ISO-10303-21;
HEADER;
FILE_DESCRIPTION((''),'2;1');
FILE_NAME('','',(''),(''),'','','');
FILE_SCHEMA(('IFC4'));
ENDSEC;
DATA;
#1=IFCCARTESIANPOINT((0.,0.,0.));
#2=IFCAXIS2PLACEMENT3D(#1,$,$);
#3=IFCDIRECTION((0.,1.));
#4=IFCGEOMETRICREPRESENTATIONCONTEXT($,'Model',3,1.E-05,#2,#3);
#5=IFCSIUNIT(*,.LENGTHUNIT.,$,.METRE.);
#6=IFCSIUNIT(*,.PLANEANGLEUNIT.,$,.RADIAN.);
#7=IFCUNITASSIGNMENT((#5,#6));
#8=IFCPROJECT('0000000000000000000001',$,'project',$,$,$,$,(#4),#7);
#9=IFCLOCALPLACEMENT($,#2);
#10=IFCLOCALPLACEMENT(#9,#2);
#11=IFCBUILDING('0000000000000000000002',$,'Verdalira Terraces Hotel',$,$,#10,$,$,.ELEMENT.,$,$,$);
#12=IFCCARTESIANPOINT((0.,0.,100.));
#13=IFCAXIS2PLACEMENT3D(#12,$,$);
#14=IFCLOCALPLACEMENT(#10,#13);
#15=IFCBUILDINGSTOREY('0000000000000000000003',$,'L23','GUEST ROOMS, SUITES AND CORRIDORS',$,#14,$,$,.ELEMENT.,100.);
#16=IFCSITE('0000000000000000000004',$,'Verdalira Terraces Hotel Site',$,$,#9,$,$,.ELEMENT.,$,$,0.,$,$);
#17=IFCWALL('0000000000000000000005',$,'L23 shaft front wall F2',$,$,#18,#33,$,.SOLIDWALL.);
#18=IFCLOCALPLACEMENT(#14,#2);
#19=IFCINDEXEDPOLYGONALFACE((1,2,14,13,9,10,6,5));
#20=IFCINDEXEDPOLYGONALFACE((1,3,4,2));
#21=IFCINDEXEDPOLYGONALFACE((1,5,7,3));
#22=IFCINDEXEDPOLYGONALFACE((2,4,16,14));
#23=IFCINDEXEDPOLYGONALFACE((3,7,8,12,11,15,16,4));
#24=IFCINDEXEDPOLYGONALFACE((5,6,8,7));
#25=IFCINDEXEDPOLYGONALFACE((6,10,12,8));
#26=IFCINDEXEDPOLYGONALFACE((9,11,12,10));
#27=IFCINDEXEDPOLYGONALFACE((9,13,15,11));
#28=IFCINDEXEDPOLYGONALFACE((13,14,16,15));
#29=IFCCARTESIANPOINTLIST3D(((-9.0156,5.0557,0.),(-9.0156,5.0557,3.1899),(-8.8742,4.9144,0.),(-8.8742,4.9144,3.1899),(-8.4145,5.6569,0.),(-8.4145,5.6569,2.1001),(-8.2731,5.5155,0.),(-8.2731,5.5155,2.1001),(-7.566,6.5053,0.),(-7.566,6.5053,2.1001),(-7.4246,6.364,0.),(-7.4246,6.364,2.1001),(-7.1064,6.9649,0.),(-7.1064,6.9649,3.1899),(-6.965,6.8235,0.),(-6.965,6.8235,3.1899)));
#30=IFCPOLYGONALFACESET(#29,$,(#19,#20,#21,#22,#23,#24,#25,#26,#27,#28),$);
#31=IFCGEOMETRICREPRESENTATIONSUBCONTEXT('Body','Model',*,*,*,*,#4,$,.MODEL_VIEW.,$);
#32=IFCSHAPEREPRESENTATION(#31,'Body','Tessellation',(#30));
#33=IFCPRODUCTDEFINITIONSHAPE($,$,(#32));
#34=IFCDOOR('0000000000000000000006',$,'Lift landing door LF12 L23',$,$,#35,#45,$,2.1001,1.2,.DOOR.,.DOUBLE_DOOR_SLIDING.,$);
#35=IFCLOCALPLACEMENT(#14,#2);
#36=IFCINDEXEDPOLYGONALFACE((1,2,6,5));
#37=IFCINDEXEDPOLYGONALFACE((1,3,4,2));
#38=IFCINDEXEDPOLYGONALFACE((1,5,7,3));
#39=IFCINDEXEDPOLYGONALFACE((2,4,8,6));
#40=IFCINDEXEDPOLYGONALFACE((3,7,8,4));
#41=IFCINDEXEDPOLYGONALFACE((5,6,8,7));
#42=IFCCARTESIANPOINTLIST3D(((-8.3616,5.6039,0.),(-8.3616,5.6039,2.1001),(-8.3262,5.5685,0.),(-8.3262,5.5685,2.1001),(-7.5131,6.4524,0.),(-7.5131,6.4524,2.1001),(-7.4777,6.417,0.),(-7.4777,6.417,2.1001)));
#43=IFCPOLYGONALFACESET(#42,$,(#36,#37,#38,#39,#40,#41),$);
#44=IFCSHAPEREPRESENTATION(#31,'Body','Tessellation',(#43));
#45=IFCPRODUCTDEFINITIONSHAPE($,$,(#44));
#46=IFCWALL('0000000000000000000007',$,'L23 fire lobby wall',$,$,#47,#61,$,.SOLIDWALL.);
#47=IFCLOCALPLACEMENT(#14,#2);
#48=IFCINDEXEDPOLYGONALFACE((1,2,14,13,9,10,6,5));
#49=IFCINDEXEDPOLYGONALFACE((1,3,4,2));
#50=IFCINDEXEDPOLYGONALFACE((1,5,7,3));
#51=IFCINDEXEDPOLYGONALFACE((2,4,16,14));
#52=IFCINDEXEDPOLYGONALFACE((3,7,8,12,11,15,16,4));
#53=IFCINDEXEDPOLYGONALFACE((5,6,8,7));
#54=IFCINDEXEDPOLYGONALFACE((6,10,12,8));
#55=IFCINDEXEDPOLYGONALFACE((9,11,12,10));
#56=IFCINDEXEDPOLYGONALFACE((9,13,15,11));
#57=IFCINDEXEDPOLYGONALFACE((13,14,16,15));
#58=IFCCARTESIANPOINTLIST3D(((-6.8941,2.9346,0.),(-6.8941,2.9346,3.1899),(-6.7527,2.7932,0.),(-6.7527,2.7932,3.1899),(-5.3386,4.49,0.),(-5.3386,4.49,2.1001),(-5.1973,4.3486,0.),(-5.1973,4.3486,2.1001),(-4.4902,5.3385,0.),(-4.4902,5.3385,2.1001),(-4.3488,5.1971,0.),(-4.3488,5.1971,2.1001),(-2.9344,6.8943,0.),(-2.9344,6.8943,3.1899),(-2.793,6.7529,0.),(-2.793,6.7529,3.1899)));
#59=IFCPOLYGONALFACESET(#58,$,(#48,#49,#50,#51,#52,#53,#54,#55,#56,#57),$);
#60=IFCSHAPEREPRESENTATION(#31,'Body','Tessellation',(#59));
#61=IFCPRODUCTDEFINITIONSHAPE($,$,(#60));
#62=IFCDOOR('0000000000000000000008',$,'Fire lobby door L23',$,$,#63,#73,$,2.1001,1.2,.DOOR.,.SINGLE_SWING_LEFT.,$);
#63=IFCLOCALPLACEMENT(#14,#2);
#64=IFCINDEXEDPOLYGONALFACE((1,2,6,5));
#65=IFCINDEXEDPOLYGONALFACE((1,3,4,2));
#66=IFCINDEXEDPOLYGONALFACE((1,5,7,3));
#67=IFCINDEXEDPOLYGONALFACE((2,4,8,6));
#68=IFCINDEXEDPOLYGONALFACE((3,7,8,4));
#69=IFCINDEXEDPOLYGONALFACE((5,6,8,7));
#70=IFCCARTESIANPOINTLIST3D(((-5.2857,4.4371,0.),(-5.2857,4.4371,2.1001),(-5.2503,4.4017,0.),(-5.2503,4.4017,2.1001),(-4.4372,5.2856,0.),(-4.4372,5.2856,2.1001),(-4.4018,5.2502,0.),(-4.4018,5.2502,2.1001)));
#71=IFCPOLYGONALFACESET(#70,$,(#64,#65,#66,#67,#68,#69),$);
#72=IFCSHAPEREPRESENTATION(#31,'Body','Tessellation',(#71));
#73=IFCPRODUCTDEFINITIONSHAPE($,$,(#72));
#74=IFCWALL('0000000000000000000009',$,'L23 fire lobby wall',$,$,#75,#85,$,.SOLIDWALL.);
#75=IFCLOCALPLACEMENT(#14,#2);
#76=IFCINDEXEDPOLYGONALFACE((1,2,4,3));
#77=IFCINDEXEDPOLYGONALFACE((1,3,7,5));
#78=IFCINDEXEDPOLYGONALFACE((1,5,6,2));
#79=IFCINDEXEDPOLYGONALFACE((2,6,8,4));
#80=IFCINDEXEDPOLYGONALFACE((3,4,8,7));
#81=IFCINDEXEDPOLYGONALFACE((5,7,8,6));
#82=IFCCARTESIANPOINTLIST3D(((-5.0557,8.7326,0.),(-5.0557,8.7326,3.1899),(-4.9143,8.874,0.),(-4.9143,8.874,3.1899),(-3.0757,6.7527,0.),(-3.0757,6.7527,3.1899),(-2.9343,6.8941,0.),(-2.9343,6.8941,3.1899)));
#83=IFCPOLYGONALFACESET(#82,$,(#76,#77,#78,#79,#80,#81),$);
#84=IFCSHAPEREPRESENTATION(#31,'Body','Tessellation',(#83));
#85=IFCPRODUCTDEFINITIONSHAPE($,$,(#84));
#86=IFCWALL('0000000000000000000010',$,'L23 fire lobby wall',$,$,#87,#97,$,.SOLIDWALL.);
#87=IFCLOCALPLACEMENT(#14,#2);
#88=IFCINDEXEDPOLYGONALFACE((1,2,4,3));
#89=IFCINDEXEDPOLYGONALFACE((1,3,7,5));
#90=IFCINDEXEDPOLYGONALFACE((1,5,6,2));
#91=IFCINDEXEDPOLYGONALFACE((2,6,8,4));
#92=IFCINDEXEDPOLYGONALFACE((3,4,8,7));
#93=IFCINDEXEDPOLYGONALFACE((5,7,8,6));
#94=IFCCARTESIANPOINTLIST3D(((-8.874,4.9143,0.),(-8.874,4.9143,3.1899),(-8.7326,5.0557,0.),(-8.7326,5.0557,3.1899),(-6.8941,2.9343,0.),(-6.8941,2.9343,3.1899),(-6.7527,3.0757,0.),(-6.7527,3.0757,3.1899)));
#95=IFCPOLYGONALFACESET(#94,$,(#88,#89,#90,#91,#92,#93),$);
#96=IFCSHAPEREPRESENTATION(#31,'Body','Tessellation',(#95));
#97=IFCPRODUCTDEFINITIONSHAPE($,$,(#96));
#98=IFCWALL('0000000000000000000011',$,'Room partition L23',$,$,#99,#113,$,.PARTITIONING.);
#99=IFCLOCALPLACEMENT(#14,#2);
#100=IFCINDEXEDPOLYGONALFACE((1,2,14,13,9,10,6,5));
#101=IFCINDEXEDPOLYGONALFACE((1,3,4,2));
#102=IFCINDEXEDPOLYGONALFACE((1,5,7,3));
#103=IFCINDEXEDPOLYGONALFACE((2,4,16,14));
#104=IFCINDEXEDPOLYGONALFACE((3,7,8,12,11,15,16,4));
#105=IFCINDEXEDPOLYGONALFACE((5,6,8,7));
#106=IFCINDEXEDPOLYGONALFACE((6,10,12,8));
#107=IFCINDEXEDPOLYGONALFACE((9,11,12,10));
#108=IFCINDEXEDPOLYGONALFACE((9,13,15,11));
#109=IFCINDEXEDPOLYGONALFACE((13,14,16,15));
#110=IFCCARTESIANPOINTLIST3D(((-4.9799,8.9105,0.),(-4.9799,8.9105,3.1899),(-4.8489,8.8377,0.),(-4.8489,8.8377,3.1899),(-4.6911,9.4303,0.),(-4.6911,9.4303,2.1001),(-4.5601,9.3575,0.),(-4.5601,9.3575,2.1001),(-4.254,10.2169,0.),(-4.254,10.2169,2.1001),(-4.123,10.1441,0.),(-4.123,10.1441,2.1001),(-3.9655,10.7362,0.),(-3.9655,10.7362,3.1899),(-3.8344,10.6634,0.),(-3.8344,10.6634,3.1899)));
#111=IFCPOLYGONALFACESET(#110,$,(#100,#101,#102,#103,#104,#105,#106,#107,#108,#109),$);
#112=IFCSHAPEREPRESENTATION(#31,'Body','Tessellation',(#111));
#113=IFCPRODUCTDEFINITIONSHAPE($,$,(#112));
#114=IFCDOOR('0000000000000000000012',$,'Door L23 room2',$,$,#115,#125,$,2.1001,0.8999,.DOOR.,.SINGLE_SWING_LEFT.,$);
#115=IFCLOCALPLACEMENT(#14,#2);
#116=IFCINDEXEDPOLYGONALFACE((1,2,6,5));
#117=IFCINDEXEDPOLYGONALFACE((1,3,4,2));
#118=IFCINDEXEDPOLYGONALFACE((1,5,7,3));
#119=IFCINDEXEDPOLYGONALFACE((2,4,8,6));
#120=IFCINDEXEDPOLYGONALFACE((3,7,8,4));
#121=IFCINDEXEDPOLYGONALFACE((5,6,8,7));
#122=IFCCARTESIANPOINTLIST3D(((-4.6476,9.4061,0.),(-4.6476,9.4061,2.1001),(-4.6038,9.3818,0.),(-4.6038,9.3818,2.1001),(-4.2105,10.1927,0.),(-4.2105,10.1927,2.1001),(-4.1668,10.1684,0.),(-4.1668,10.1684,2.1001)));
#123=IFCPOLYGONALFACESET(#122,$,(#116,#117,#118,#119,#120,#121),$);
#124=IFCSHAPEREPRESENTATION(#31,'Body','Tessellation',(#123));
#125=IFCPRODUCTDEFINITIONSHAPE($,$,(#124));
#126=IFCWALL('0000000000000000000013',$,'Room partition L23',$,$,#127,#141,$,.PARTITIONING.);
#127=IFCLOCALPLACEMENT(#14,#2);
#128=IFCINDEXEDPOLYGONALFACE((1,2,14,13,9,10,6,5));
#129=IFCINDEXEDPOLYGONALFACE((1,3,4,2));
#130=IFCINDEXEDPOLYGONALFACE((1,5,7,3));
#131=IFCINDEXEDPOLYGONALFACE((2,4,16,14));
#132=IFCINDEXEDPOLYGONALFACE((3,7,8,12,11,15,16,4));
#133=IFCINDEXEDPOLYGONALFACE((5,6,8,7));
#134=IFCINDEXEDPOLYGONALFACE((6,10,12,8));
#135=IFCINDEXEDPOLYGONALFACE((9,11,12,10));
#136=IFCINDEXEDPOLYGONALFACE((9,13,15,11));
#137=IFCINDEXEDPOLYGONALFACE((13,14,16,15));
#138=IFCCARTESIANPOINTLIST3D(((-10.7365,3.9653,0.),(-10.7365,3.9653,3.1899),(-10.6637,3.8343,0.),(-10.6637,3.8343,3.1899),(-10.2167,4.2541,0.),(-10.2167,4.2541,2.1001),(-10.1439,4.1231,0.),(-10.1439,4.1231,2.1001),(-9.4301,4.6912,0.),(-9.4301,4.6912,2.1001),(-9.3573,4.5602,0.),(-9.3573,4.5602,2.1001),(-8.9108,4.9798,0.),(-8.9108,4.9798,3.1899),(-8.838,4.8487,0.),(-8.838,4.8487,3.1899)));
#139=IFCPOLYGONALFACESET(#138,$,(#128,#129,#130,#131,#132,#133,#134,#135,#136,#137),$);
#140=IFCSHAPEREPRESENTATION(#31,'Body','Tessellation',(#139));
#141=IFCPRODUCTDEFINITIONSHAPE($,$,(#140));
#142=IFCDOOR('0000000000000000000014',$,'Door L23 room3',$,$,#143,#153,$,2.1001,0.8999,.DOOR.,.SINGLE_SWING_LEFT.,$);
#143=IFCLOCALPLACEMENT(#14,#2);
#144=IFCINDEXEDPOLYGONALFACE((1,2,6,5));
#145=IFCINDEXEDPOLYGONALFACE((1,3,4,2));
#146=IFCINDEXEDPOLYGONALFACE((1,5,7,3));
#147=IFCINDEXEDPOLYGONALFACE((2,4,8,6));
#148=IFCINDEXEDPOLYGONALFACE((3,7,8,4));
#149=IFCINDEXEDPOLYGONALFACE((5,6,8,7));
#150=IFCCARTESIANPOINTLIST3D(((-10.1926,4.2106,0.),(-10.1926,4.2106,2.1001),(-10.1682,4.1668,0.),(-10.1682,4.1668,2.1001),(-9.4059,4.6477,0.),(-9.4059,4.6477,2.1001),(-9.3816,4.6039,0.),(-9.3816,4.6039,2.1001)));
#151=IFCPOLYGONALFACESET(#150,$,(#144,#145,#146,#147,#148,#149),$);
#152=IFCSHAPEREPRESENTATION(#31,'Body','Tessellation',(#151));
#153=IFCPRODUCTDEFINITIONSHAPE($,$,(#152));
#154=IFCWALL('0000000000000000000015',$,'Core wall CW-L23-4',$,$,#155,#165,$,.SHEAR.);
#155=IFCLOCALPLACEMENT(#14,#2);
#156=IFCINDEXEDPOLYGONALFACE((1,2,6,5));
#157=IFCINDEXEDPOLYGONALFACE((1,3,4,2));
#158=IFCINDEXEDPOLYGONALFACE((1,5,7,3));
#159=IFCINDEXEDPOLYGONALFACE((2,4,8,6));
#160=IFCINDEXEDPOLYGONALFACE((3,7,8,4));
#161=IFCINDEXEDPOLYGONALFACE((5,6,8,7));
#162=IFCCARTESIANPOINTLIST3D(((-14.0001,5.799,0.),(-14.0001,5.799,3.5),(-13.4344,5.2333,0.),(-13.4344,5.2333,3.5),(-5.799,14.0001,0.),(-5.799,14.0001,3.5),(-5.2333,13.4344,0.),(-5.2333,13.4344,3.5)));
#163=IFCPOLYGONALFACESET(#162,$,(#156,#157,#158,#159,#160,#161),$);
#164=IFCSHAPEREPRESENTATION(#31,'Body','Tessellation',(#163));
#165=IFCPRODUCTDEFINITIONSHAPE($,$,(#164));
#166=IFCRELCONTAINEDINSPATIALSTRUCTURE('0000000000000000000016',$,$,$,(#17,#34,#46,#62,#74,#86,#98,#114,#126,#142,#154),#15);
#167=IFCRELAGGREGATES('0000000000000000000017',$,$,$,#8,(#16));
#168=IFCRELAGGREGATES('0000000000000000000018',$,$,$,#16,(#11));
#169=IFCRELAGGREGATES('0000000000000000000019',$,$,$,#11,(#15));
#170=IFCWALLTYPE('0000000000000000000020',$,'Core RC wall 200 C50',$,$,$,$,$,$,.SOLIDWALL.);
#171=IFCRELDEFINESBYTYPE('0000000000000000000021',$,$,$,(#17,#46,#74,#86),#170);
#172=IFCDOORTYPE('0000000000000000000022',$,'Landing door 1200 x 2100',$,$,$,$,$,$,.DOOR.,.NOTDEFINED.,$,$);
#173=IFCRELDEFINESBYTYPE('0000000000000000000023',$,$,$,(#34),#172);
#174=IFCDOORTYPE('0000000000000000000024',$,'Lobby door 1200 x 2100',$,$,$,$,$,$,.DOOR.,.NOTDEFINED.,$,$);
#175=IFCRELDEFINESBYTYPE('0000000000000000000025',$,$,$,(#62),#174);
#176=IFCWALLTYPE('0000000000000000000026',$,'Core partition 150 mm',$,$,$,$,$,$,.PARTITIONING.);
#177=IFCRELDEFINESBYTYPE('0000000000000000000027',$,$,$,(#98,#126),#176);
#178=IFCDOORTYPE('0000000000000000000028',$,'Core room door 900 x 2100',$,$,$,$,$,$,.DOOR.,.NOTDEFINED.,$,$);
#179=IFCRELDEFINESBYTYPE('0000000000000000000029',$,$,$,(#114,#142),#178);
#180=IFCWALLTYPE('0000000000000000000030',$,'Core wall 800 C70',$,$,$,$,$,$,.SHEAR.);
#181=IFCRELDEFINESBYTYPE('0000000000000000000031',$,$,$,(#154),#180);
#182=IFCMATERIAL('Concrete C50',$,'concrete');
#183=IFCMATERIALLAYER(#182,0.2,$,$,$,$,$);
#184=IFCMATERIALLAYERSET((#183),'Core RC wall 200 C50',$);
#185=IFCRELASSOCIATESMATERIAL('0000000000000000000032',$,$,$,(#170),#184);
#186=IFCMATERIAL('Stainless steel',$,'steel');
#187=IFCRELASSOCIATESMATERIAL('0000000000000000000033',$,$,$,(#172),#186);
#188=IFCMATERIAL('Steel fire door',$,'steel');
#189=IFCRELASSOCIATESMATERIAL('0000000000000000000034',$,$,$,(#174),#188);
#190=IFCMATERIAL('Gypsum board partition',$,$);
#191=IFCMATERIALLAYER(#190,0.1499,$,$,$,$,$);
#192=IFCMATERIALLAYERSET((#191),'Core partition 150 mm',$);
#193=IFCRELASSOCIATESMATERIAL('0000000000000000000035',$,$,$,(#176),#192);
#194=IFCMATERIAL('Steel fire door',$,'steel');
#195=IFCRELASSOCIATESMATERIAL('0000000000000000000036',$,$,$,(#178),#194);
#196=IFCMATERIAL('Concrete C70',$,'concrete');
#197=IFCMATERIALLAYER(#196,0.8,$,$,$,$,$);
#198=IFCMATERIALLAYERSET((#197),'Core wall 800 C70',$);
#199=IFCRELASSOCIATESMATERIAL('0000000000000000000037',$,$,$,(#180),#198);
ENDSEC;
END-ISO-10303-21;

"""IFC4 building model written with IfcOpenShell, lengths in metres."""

from ifc_helpers import new_model, si_unit, direction, frame, frame_2d, origin, place, context, subcontext, project, spatial, rectangle, extrude, material, layer, layer_set, type_object, element, fill, save


model = new_model("IFC4")

# Units and contexts
model_context = context("Model", 3, precision=1e-05, world=origin(), true_north=direction((0.0, 1.0)))
body_context = subcontext(model_context, "Body", "Model", "MODEL_VIEW")
ifc_project = project(units=[si_unit("LENGTHUNIT", "METRE"), si_unit("PLANEANGLEUNIT", "RADIAN")], contexts=[model_context])

# Site, building, storey
site_placement = place(None, origin())
site = spatial("IfcSite", under=ifc_project, at=site_placement, Name="Verdalira Terraces Hotel Site", CompositionType="ELEMENT", RefElevation=0.0)
building_placement = place(site_placement, origin())
building = spatial("IfcBuilding", under=site, at=building_placement, Name="Verdalira Terraces Hotel", CompositionType="ELEMENT")
storey_placement = place(building_placement, frame((0.0, 0.0, 100.0)))
storey = spatial("IfcBuildingStorey", under=building, at=storey_placement, Name="L23", Description="GUEST ROOMS, SUITES AND CORRIDORS", CompositionType="ELEMENT", Elevation=100.0)

# Walls, openings, doors
ifc_material_1 = material(Name="Concrete C50", Category="concrete")
ifc_layer_1 = layer(ifc_material_1, 0.2)
ifc_layer_set_1 = layer_set([ifc_layer_1], Name="Core RC wall 200 C50")
wall_type_1 = type_object("IfcWallType", Name="Core RC wall 200 C50", PredefinedType="SOLIDWALL", material=ifc_layer_set_1)
ifc_material_2 = material(Name="Stainless steel", Category="steel")
door_type_1 = type_object("IfcDoorType", Name="Landing door 1200 x 2100", OperationType="NOTDEFINED", PredefinedType="DOOR", material=ifc_material_2)
wall_1_placement = place(storey_placement, frame((-7.0356, 6.8943, 0.0), z_axis=(0.0, 0.0, 1.0), x_axis=(-0.707107, -0.707107, 0.0)))
wall_1 = element("IfcWall", 1, at=wall_1_placement, inside=storey, type_object=wall_type_1, Name="L23 shaft front wall F2", PredefinedType="SOLIDWALL", context=body_context, shape_type="SweptSolid", body=[
    extrude(rectangle(XDim=2.7, YDim=0.2, at=frame_2d((1.3501, 0.0))), origin(), (0.0, 0.0, 1.0), 3.1899),
])
opening_1_placement = place(wall_1_placement, frame((0.6499, 0.0, 0.0)))
opening_1 = element("IfcOpeningElement", 2, at=opening_1_placement, cuts=wall_1, PredefinedType="OPENING", context=body_context, shape_type="SweptSolid", body=[
    extrude(rectangle(XDim=1.2, YDim=2.1001, at=frame_2d((0.6001, 1.05))), frame((0.0, 0.1099, 0.0), z_axis=(0.0, -1.0, 0.0), x_axis=(1.0, 0.0, 0.0)), (0.0, 0.0, 1.0), 0.22),
])
door_1_placement = place(opening_1_placement, origin())
door_1 = element("IfcDoor", 3, at=door_1_placement, inside=storey, type_object=door_type_1, Name="Lift landing door LF12 L23", OperationType="DOUBLE_DOOR_SLIDING", OverallHeight=2.1001, OverallWidth=1.2, PredefinedType="DOOR", context=body_context, shape_type="SweptSolid", body=[
    extrude(rectangle(XDim=1.2, YDim=2.1001, at=frame_2d((0.6001, 1.05))), frame((0.0, 0.0249, 0.0), z_axis=(0.0, -1.0, 0.0), x_axis=(1.0, 0.0, 0.0)), (0.0, 0.0, 1.0), 0.05),
])
fill(opening_1, door_1)
wall_2_placement = place(storey_placement, frame((-2.8638, 6.8235, 0.0), z_axis=(0.0, 0.0, 1.0), x_axis=(-0.707107, -0.707107, 0.0)))
wall_2 = element("IfcWall", 4, at=wall_2_placement, inside=storey, type_object=wall_type_1, Name="L23 fire lobby wall", PredefinedType="SOLIDWALL", context=body_context, shape_type="SweptSolid", body=[
    extrude(rectangle(XDim=5.5999, YDim=0.2, at=frame_2d((2.7998, 0.0))), origin(), (0.0, 0.0, 1.0), 3.1899),
])
opening_2_placement = place(wall_2_placement, frame((2.2, 0.0, 0.0)))
opening_2 = element("IfcOpeningElement", 5, at=opening_2_placement, cuts=wall_2, PredefinedType="OPENING", context=body_context, shape_type="SweptSolid", body=[
    extrude(rectangle(XDim=1.2, YDim=2.1001, at=frame_2d((0.6001, 1.05))), frame((0.0, 0.1099, 0.0), z_axis=(0.0, -1.0, 0.0), x_axis=(1.0, 0.0, 0.0)), (0.0, 0.0, 1.0), 0.22),
])
ifc_material_3 = material(Name="Steel fire door", Category="steel")
door_type_2 = type_object("IfcDoorType", Name="Lobby door 1200 x 2100", OperationType="NOTDEFINED", PredefinedType="DOOR", material=ifc_material_3)
door_2_placement = place(opening_2_placement, origin())
door_2 = element("IfcDoor", 6, at=door_2_placement, inside=storey, type_object=door_type_2, Name="Fire lobby door L23", OperationType="SINGLE_SWING_LEFT", OverallHeight=2.1001, OverallWidth=1.2, PredefinedType="DOOR", context=body_context, shape_type="SweptSolid", body=[
    extrude(rectangle(XDim=1.2, YDim=2.1001, at=frame_2d((0.6001, 1.05))), frame((0.0, 0.0249, 0.0), z_axis=(0.0, -1.0, 0.0), x_axis=(1.0, 0.0, 0.0)), (0.0, 0.0, 1.0), 0.05),
])
fill(opening_2, door_2)

# Walls
for number, where, z_axis, x_axis, name in (
    (7, (-3.0051, 6.8235, 0.0), (0.0, 0.0, 1.0), (-0.707107, 0.707107, 0.0), "L23 fire lobby wall"),
    (8, (-6.8235, 3.0051, 0.0), (0.0, 0.0, 1.0), (-0.707107, 0.707107, 0.0), "L23 fire lobby wall"),
):
    element("IfcWall", number, at=place(storey_placement, frame(where, z_axis=z_axis, x_axis=x_axis)), inside=storey, type_object=wall_type_1, Name=name, PredefinedType="SOLIDWALL", context=body_context, shape_type="SweptSolid", body=[
        extrude(rectangle(XDim=2.8, YDim=0.2, at=frame_2d((1.3999, 0.0))), origin(), (0.0, 0.0, 1.0), 3.1899),
    ])

# Walls, openings, doors
ifc_material_4 = material(Name="Gypsum board partition")
ifc_layer_2 = layer(ifc_material_4, 0.1499)
ifc_layer_set_2 = layer_set([ifc_layer_2], Name="Core partition 150 mm")
wall_type_2 = type_object("IfcWallType", Name="Core partition 150 mm", PredefinedType="PARTITIONING", material=ifc_layer_set_2)
wall_3_placement = place(storey_placement, frame((-3.8999, 10.7, 0.0), z_axis=(0.0, 0.0, 1.0), x_axis=(-0.485693, -0.87413, 0.0)))
wall_3 = element("IfcWall", 9, at=wall_3_placement, inside=storey, type_object=wall_type_2, Name="Room partition L23", PredefinedType="PARTITIONING", context=body_context, shape_type="SweptSolid", body=[
    extrude(rectangle(XDim=2.0886, YDim=0.1499, at=frame_2d((1.0444, 0.0))), origin(), (0.0, 0.0, 1.0), 3.1899),
])
opening_3_placement = place(wall_3_placement, frame((0.5942, 0.0, 0.0)))
opening_3 = element("IfcOpeningElement", 10, at=opening_3_placement, cuts=wall_3, PredefinedType="OPENING", context=body_context, shape_type="SweptSolid", body=[
    extrude(rectangle(XDim=0.8999, YDim=2.1001, at=frame_2d((0.45, 1.05))), frame((0.0, 0.085, 0.0), z_axis=(0.0, -1.0, 0.0), x_axis=(1.0, 0.0, 0.0)), (0.0, 0.0, 1.0), 0.1699),
])
ifc_material_5 = material(Name="Steel fire door", Category="steel")
door_type_3 = type_object("IfcDoorType", Name="Core room door 900 x 2100", OperationType="NOTDEFINED", PredefinedType="DOOR", material=ifc_material_5)
door_3_placement = place(opening_3_placement, origin())
door_3 = element("IfcDoor", 11, at=door_3_placement, inside=storey, type_object=door_type_3, Name="Door L23 room2", OperationType="SINGLE_SWING_LEFT", OverallHeight=2.1001, OverallWidth=0.8999, PredefinedType="DOOR", context=body_context, shape_type="SweptSolid", body=[
    extrude(rectangle(XDim=0.8999, YDim=2.1001, at=frame_2d((0.45, 1.05))), frame((0.0, 0.0249, 0.0), z_axis=(0.0, -1.0, 0.0), x_axis=(1.0, 0.0, 0.0)), (0.0, 0.0, 1.0), 0.05),
])
fill(opening_3, door_3)
wall_4_placement = place(storey_placement, frame((-8.8743, 4.9143, 0.0), z_axis=(0.0, 0.0, 1.0), x_axis=(-0.87413, -0.485693, 0.0)))
wall_4 = element("IfcWall", 12, at=wall_4_placement, inside=storey, type_object=wall_type_2, Name="Room partition L23", PredefinedType="PARTITIONING", context=body_context, shape_type="SweptSolid", body=[
    extrude(rectangle(XDim=2.0886, YDim=0.1499, at=frame_2d((1.0444, 0.0))), origin(), (0.0, 0.0, 1.0), 3.1899),
])
opening_4_placement = place(wall_4_placement, frame((0.5942, 0.0, 0.0)))
opening_4 = element("IfcOpeningElement", 13, at=opening_4_placement, cuts=wall_4, PredefinedType="OPENING", context=body_context, shape_type="SweptSolid", body=[
    extrude(rectangle(XDim=0.8999, YDim=2.1001, at=frame_2d((0.45, 1.05))), frame((0.0, 0.085, 0.0), z_axis=(0.0, -1.0, 0.0), x_axis=(1.0, 0.0, 0.0)), (0.0, 0.0, 1.0), 0.1699),
])
door_4_placement = place(opening_4_placement, origin())
door_4 = element("IfcDoor", 14, at=door_4_placement, inside=storey, type_object=door_type_3, Name="Door L23 room3", OperationType="SINGLE_SWING_LEFT", OverallHeight=2.1001, OverallWidth=0.8999, PredefinedType="DOOR", context=body_context, shape_type="SweptSolid", body=[
    extrude(rectangle(XDim=0.8999, YDim=2.1001, at=frame_2d((0.45, 1.05))), frame((0.0, 0.0249, 0.0), z_axis=(0.0, -1.0, 0.0), x_axis=(1.0, 0.0, 0.0)), (0.0, 0.0, 1.0), 0.05),
])
fill(opening_4, door_4)

# Wall
ifc_material_6 = material(Name="Concrete C70", Category="concrete")
ifc_layer_3 = layer(ifc_material_6, 0.8)
ifc_layer_set_3 = layer_set([ifc_layer_3], Name="Core wall 800 C70")
wall_type_3 = type_object("IfcWallType", Name="Core wall 800 C70", PredefinedType="SHEAR", material=ifc_layer_set_3)
wall_5_placement = place(storey_placement, frame((-5.5161, 13.7173, 0.0), z_axis=(0.0, 0.0, 1.0), x_axis=(-0.707107, -0.707107, 0.0)))
element("IfcWall", 15, at=wall_5_placement, inside=storey, type_object=wall_type_3, Name="Core wall CW-L23-4", PredefinedType="SHEAR", context=body_context, shape_type="SweptSolid", body=[
    extrude(rectangle(XDim=11.5981, YDim=0.8, at=frame_2d((5.7991, 0.0))), origin(), (0.0, 0.0, 1.0), 3.5),
])

save(model, "model.ifc")
